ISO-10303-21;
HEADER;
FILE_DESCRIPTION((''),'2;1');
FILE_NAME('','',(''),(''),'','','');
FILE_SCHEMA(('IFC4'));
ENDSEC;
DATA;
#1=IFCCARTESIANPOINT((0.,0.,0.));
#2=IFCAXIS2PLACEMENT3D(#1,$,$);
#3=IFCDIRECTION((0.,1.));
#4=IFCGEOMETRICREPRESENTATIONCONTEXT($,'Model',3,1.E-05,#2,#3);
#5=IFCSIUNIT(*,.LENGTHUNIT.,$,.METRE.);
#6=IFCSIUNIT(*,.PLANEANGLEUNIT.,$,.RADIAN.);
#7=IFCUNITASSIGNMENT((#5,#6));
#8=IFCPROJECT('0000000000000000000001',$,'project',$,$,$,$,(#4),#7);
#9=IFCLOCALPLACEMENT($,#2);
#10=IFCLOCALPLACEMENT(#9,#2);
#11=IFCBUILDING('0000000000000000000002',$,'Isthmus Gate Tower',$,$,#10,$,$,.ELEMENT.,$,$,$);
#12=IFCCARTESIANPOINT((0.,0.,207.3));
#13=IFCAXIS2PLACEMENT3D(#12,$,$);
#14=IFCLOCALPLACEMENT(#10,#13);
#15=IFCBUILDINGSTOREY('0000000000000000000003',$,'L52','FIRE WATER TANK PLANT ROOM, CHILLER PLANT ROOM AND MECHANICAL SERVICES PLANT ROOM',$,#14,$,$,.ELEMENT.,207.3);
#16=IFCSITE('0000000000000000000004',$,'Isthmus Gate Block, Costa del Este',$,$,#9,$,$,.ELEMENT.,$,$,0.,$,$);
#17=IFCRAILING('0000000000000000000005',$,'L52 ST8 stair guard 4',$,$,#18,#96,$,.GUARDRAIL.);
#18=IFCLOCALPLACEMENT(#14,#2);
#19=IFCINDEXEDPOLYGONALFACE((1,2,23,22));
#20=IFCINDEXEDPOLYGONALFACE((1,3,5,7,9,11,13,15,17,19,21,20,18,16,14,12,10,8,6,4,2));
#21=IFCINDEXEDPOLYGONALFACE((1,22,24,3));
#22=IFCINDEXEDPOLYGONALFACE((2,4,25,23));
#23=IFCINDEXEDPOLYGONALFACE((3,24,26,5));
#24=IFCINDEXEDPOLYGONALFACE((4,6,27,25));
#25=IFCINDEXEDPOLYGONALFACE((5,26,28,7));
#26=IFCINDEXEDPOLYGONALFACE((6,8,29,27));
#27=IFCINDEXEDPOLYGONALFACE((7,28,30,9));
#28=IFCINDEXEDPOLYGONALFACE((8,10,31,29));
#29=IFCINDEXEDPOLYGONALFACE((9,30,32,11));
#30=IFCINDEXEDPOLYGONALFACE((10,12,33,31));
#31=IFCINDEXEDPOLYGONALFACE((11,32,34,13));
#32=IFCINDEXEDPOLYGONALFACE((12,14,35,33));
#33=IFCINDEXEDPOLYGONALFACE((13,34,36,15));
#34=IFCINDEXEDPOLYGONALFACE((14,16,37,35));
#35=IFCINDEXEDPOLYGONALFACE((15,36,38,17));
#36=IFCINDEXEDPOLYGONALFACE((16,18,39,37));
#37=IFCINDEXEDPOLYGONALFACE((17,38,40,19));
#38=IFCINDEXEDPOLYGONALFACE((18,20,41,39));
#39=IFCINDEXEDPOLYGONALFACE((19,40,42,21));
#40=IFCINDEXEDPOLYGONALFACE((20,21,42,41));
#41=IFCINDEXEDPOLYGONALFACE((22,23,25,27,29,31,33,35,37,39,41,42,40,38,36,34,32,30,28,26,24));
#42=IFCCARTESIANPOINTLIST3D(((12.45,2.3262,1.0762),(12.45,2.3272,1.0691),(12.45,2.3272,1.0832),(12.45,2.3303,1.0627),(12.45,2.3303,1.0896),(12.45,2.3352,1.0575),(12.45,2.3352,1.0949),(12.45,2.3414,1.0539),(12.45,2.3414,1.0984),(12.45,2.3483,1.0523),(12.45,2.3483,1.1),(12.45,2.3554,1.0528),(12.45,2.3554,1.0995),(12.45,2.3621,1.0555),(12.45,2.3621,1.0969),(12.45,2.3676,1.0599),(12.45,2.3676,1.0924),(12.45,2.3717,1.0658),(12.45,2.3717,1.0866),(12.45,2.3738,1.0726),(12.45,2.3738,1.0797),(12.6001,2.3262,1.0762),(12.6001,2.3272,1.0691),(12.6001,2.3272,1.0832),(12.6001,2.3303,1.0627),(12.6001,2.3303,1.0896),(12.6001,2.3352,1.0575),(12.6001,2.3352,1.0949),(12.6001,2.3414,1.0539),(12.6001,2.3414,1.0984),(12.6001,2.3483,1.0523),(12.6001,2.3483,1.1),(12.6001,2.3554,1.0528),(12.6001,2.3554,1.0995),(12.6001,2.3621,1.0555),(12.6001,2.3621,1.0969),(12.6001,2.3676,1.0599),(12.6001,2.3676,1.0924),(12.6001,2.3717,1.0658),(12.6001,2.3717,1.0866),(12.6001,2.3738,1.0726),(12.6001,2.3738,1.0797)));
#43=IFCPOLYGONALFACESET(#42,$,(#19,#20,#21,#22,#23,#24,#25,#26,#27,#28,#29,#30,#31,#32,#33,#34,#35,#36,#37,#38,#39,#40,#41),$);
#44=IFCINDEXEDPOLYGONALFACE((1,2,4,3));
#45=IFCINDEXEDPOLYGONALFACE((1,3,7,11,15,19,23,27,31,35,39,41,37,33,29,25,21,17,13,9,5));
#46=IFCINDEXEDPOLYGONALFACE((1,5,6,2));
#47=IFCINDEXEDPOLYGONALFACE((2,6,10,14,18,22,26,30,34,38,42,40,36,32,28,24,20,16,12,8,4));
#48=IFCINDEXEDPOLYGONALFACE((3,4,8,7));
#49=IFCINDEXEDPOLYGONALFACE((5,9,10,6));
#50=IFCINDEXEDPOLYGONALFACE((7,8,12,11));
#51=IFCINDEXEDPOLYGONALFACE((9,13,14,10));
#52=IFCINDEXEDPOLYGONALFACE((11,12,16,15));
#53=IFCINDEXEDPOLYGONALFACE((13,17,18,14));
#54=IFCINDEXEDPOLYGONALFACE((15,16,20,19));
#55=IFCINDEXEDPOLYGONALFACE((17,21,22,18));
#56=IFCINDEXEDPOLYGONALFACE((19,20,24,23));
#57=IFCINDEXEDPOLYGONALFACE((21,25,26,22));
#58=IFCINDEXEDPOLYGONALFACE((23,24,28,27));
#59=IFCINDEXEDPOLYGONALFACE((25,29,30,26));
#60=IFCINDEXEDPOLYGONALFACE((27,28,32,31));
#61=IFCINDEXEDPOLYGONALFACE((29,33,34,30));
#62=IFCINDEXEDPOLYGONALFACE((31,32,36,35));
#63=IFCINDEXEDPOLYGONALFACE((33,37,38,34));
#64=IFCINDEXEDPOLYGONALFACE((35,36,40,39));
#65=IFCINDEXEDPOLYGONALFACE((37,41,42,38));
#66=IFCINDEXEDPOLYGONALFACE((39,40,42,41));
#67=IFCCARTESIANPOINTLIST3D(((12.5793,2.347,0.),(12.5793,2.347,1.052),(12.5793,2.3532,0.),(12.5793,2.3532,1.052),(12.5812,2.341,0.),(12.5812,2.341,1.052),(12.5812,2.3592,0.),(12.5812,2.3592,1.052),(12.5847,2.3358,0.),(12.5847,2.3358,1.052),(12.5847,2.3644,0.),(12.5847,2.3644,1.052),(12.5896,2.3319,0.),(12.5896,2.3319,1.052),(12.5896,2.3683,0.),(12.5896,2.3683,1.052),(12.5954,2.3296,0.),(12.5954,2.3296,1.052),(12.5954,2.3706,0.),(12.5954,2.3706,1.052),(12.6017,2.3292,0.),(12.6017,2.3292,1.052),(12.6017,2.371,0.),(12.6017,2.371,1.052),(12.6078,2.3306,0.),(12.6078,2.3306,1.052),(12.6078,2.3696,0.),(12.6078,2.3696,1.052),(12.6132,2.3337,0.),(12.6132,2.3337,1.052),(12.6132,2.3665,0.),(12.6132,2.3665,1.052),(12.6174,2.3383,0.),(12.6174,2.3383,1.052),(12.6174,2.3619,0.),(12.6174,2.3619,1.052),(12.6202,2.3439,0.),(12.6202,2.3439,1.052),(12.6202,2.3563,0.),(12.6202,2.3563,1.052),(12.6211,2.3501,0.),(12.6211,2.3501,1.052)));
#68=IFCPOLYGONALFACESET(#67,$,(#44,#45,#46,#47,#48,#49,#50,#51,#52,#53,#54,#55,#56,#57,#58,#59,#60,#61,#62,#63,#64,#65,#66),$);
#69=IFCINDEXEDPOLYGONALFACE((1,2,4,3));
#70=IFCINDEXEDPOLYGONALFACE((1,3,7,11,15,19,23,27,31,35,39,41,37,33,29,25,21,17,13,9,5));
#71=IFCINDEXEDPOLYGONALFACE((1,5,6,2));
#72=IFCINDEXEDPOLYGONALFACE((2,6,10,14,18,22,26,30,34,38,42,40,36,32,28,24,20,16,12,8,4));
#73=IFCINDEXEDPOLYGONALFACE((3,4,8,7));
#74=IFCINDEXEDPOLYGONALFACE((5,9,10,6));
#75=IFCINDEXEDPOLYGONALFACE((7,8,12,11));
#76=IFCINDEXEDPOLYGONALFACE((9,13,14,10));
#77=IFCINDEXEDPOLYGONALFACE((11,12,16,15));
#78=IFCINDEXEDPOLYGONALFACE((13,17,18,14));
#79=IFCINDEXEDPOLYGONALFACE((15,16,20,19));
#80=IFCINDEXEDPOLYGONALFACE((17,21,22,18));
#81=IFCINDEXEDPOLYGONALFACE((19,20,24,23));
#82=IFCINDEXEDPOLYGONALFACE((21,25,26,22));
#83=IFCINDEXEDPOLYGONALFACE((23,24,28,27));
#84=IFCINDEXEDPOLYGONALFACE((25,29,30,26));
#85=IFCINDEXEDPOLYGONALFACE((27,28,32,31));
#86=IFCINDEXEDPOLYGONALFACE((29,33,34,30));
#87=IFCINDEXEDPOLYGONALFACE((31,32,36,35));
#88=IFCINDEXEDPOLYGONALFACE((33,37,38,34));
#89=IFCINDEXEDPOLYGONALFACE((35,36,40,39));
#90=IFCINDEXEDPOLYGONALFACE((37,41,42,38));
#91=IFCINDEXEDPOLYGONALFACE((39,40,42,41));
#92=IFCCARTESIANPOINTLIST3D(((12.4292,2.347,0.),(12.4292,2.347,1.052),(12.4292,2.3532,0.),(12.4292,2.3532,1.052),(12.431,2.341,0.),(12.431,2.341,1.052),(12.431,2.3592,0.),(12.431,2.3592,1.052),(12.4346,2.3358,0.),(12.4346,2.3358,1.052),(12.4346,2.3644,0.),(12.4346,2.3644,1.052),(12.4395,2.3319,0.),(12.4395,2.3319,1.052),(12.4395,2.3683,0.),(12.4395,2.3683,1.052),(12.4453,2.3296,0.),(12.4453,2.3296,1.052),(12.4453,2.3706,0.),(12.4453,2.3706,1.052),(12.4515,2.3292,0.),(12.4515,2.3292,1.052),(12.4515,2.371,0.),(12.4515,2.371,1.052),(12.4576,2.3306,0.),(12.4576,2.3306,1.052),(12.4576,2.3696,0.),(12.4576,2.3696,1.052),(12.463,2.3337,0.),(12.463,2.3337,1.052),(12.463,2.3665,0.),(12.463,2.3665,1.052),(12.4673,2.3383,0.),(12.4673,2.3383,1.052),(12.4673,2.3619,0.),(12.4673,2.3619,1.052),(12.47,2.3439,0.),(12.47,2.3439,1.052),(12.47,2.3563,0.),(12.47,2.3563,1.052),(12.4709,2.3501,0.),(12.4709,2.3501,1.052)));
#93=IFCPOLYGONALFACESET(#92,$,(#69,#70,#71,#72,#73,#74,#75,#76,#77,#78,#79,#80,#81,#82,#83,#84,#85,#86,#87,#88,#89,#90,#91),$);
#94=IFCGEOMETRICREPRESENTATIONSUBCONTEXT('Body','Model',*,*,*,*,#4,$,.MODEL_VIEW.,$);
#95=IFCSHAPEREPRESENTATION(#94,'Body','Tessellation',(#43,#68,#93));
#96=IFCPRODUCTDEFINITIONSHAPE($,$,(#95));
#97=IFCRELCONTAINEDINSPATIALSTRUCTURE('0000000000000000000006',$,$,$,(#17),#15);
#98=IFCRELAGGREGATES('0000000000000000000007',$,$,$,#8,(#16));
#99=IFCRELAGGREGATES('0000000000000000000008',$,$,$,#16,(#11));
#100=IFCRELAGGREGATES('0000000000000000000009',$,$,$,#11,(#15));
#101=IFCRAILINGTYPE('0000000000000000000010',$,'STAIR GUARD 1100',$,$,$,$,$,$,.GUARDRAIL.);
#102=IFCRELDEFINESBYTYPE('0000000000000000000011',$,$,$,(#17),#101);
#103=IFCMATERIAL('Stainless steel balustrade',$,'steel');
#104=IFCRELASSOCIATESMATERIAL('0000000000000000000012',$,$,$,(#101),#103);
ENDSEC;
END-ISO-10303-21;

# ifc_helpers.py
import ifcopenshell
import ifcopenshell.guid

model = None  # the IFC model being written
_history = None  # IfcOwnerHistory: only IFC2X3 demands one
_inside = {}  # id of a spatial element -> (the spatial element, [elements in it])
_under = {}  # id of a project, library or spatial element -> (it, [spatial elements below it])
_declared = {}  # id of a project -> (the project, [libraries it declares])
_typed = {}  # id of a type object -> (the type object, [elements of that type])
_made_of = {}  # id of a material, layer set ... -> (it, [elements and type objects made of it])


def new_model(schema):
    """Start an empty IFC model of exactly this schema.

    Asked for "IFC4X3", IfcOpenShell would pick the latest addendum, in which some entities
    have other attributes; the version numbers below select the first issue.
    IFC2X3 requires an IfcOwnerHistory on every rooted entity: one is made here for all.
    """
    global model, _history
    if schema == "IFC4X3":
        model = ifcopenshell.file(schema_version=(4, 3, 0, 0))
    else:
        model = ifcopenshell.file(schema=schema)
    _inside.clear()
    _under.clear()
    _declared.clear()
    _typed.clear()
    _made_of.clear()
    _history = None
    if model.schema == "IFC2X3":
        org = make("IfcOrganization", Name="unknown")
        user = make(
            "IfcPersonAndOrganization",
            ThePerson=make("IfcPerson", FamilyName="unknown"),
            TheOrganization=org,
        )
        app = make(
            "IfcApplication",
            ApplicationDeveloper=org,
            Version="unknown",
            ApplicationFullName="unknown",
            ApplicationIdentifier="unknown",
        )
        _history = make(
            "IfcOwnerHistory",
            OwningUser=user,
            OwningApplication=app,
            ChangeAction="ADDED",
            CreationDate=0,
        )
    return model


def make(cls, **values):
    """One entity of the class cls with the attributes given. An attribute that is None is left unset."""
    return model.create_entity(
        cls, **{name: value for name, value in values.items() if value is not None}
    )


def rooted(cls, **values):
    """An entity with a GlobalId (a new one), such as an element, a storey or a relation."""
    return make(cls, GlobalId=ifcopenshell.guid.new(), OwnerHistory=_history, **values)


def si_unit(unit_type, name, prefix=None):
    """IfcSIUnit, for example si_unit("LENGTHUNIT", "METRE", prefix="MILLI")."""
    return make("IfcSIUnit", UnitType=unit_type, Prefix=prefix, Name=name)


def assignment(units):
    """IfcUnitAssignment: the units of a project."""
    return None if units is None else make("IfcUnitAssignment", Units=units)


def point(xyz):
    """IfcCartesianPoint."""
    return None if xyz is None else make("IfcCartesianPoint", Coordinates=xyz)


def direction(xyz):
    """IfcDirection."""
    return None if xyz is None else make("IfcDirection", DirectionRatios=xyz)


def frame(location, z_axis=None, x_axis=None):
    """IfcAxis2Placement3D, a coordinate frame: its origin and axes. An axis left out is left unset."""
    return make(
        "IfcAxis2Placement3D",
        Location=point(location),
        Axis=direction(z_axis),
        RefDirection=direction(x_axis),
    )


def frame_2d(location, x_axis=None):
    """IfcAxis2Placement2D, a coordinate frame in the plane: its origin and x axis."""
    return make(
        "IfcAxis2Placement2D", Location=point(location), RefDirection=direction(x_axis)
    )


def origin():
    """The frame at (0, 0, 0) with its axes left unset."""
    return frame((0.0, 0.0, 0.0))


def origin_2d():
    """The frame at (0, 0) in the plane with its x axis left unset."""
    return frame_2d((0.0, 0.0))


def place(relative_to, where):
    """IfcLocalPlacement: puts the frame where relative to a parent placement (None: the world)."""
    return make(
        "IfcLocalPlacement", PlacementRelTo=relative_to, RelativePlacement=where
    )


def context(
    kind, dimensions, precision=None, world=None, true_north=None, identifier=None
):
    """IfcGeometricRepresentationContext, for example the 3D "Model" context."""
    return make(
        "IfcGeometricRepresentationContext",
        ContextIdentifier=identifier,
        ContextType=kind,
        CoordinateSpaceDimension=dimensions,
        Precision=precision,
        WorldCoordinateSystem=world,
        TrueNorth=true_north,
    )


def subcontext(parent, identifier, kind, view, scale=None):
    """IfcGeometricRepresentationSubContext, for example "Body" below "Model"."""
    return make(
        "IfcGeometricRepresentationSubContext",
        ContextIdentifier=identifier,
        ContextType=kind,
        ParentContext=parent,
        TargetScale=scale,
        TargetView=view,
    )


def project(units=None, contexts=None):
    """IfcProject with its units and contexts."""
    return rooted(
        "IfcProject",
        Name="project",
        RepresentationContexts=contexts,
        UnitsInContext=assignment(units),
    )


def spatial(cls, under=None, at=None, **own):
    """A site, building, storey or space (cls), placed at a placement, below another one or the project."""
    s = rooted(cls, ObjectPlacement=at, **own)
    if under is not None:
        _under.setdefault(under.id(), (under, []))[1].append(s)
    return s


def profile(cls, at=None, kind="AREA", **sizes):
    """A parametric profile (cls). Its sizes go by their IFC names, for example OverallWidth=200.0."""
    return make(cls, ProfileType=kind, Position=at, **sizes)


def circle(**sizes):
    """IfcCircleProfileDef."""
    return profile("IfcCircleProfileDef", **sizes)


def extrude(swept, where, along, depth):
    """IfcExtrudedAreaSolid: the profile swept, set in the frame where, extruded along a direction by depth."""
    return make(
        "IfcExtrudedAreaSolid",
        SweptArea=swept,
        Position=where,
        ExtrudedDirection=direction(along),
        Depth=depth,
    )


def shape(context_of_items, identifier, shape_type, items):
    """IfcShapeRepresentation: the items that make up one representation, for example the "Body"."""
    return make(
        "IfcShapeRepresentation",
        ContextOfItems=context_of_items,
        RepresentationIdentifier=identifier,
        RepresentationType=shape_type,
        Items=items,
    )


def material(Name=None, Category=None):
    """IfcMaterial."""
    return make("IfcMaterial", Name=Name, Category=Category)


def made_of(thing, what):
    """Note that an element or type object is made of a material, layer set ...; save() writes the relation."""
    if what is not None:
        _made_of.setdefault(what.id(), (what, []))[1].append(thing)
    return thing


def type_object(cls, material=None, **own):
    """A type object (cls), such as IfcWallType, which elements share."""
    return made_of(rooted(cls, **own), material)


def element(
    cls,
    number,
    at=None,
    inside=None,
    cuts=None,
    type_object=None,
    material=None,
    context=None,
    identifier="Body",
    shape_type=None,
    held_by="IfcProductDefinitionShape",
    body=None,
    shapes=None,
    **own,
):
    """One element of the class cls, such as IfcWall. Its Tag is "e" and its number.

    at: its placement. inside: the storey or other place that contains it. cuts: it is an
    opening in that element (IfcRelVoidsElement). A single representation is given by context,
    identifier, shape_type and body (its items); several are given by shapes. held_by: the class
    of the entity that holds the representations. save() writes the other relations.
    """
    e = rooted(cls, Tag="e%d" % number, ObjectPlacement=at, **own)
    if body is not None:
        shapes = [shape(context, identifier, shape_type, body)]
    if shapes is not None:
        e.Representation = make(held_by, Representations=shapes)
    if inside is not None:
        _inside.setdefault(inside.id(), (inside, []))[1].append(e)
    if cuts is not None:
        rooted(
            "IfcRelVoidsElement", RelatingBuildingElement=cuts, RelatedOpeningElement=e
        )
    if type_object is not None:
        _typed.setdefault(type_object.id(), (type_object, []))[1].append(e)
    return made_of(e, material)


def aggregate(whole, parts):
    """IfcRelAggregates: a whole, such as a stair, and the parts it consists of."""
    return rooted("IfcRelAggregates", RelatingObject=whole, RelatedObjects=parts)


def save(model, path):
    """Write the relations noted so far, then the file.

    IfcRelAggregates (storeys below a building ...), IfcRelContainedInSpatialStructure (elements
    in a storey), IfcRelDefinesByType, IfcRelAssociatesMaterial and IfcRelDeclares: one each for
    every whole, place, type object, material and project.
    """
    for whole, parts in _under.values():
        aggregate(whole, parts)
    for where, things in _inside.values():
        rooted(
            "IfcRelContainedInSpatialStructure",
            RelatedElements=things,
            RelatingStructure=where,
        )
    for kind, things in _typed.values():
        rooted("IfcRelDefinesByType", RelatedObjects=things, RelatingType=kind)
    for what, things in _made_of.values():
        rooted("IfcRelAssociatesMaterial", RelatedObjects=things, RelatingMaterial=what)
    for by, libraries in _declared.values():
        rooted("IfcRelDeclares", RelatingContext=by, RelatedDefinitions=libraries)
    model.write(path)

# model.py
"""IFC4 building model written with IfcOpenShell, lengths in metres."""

from ifc_helpers import new_model, si_unit, direction, frame, origin, origin_2d, place, context, subcontext, project, spatial, circle, extrude, material, type_object, element, save


model = new_model("IFC4")

# Units and contexts
model_context = context("Model", 3, precision=1e-05, world=origin(), true_north=direction((0.0, 1.0)))
body_context = subcontext(model_context, "Body", "Model", "MODEL_VIEW")
ifc_project = project(units=[si_unit("LENGTHUNIT", "METRE"), si_unit("PLANEANGLEUNIT", "RADIAN")], contexts=[model_context])

# Site, building, storey
site_placement = place(None, origin())
site = spatial("IfcSite", under=ifc_project, at=site_placement, Name="Isthmus Gate Block, Costa del Este", CompositionType="ELEMENT", RefElevation=0.0)
building_placement = place(site_placement, origin())
building = spatial("IfcBuilding", under=site, at=building_placement, Name="Isthmus Gate Tower", CompositionType="ELEMENT")
storey_placement = place(building_placement, frame((0.0, 0.0, 207.3)))
storey = spatial("IfcBuildingStorey", under=building, at=storey_placement, Name="L52", Description="FIRE WATER TANK PLANT ROOM, CHILLER PLANT ROOM AND MECHANICAL SERVICES PLANT ROOM", CompositionType="ELEMENT", Elevation=207.3)

# Railing
ifc_material_1 = material(Name="Stainless steel balustrade", Category="steel")
railing_type_1 = type_object("IfcRailingType", Name="STAIR GUARD 1100", PredefinedType="GUARDRAIL", material=ifc_material_1)
railing_1_placement = place(storey_placement, frame((12.6001, 2.3501, 0.0)))
element("IfcRailing", 1, at=railing_1_placement, inside=storey, type_object=railing_type_1, Name="L52 ST8 stair guard 4", PredefinedType="GUARDRAIL", context=body_context, shape_type="SweptSolid", body=[
    extrude(circle(Radius=0.0239, at=origin_2d()), frame((0.0, 0.0, 1.0762), z_axis=(-1.0, 0.0, 0.0), x_axis=(0.0, -1.0, 0.0)), (0.0, 0.0, 1.0), 0.1501),
    extrude(circle(Radius=0.021, at=origin_2d()), origin(), (0.0, 0.0, 1.0), 1.052),
    extrude(circle(Radius=0.021, at=origin_2d()), frame((-0.1501, 0.0, 0.0)), (0.0, 0.0, 1.0), 1.052),
])

save(model, "model.ifc")
